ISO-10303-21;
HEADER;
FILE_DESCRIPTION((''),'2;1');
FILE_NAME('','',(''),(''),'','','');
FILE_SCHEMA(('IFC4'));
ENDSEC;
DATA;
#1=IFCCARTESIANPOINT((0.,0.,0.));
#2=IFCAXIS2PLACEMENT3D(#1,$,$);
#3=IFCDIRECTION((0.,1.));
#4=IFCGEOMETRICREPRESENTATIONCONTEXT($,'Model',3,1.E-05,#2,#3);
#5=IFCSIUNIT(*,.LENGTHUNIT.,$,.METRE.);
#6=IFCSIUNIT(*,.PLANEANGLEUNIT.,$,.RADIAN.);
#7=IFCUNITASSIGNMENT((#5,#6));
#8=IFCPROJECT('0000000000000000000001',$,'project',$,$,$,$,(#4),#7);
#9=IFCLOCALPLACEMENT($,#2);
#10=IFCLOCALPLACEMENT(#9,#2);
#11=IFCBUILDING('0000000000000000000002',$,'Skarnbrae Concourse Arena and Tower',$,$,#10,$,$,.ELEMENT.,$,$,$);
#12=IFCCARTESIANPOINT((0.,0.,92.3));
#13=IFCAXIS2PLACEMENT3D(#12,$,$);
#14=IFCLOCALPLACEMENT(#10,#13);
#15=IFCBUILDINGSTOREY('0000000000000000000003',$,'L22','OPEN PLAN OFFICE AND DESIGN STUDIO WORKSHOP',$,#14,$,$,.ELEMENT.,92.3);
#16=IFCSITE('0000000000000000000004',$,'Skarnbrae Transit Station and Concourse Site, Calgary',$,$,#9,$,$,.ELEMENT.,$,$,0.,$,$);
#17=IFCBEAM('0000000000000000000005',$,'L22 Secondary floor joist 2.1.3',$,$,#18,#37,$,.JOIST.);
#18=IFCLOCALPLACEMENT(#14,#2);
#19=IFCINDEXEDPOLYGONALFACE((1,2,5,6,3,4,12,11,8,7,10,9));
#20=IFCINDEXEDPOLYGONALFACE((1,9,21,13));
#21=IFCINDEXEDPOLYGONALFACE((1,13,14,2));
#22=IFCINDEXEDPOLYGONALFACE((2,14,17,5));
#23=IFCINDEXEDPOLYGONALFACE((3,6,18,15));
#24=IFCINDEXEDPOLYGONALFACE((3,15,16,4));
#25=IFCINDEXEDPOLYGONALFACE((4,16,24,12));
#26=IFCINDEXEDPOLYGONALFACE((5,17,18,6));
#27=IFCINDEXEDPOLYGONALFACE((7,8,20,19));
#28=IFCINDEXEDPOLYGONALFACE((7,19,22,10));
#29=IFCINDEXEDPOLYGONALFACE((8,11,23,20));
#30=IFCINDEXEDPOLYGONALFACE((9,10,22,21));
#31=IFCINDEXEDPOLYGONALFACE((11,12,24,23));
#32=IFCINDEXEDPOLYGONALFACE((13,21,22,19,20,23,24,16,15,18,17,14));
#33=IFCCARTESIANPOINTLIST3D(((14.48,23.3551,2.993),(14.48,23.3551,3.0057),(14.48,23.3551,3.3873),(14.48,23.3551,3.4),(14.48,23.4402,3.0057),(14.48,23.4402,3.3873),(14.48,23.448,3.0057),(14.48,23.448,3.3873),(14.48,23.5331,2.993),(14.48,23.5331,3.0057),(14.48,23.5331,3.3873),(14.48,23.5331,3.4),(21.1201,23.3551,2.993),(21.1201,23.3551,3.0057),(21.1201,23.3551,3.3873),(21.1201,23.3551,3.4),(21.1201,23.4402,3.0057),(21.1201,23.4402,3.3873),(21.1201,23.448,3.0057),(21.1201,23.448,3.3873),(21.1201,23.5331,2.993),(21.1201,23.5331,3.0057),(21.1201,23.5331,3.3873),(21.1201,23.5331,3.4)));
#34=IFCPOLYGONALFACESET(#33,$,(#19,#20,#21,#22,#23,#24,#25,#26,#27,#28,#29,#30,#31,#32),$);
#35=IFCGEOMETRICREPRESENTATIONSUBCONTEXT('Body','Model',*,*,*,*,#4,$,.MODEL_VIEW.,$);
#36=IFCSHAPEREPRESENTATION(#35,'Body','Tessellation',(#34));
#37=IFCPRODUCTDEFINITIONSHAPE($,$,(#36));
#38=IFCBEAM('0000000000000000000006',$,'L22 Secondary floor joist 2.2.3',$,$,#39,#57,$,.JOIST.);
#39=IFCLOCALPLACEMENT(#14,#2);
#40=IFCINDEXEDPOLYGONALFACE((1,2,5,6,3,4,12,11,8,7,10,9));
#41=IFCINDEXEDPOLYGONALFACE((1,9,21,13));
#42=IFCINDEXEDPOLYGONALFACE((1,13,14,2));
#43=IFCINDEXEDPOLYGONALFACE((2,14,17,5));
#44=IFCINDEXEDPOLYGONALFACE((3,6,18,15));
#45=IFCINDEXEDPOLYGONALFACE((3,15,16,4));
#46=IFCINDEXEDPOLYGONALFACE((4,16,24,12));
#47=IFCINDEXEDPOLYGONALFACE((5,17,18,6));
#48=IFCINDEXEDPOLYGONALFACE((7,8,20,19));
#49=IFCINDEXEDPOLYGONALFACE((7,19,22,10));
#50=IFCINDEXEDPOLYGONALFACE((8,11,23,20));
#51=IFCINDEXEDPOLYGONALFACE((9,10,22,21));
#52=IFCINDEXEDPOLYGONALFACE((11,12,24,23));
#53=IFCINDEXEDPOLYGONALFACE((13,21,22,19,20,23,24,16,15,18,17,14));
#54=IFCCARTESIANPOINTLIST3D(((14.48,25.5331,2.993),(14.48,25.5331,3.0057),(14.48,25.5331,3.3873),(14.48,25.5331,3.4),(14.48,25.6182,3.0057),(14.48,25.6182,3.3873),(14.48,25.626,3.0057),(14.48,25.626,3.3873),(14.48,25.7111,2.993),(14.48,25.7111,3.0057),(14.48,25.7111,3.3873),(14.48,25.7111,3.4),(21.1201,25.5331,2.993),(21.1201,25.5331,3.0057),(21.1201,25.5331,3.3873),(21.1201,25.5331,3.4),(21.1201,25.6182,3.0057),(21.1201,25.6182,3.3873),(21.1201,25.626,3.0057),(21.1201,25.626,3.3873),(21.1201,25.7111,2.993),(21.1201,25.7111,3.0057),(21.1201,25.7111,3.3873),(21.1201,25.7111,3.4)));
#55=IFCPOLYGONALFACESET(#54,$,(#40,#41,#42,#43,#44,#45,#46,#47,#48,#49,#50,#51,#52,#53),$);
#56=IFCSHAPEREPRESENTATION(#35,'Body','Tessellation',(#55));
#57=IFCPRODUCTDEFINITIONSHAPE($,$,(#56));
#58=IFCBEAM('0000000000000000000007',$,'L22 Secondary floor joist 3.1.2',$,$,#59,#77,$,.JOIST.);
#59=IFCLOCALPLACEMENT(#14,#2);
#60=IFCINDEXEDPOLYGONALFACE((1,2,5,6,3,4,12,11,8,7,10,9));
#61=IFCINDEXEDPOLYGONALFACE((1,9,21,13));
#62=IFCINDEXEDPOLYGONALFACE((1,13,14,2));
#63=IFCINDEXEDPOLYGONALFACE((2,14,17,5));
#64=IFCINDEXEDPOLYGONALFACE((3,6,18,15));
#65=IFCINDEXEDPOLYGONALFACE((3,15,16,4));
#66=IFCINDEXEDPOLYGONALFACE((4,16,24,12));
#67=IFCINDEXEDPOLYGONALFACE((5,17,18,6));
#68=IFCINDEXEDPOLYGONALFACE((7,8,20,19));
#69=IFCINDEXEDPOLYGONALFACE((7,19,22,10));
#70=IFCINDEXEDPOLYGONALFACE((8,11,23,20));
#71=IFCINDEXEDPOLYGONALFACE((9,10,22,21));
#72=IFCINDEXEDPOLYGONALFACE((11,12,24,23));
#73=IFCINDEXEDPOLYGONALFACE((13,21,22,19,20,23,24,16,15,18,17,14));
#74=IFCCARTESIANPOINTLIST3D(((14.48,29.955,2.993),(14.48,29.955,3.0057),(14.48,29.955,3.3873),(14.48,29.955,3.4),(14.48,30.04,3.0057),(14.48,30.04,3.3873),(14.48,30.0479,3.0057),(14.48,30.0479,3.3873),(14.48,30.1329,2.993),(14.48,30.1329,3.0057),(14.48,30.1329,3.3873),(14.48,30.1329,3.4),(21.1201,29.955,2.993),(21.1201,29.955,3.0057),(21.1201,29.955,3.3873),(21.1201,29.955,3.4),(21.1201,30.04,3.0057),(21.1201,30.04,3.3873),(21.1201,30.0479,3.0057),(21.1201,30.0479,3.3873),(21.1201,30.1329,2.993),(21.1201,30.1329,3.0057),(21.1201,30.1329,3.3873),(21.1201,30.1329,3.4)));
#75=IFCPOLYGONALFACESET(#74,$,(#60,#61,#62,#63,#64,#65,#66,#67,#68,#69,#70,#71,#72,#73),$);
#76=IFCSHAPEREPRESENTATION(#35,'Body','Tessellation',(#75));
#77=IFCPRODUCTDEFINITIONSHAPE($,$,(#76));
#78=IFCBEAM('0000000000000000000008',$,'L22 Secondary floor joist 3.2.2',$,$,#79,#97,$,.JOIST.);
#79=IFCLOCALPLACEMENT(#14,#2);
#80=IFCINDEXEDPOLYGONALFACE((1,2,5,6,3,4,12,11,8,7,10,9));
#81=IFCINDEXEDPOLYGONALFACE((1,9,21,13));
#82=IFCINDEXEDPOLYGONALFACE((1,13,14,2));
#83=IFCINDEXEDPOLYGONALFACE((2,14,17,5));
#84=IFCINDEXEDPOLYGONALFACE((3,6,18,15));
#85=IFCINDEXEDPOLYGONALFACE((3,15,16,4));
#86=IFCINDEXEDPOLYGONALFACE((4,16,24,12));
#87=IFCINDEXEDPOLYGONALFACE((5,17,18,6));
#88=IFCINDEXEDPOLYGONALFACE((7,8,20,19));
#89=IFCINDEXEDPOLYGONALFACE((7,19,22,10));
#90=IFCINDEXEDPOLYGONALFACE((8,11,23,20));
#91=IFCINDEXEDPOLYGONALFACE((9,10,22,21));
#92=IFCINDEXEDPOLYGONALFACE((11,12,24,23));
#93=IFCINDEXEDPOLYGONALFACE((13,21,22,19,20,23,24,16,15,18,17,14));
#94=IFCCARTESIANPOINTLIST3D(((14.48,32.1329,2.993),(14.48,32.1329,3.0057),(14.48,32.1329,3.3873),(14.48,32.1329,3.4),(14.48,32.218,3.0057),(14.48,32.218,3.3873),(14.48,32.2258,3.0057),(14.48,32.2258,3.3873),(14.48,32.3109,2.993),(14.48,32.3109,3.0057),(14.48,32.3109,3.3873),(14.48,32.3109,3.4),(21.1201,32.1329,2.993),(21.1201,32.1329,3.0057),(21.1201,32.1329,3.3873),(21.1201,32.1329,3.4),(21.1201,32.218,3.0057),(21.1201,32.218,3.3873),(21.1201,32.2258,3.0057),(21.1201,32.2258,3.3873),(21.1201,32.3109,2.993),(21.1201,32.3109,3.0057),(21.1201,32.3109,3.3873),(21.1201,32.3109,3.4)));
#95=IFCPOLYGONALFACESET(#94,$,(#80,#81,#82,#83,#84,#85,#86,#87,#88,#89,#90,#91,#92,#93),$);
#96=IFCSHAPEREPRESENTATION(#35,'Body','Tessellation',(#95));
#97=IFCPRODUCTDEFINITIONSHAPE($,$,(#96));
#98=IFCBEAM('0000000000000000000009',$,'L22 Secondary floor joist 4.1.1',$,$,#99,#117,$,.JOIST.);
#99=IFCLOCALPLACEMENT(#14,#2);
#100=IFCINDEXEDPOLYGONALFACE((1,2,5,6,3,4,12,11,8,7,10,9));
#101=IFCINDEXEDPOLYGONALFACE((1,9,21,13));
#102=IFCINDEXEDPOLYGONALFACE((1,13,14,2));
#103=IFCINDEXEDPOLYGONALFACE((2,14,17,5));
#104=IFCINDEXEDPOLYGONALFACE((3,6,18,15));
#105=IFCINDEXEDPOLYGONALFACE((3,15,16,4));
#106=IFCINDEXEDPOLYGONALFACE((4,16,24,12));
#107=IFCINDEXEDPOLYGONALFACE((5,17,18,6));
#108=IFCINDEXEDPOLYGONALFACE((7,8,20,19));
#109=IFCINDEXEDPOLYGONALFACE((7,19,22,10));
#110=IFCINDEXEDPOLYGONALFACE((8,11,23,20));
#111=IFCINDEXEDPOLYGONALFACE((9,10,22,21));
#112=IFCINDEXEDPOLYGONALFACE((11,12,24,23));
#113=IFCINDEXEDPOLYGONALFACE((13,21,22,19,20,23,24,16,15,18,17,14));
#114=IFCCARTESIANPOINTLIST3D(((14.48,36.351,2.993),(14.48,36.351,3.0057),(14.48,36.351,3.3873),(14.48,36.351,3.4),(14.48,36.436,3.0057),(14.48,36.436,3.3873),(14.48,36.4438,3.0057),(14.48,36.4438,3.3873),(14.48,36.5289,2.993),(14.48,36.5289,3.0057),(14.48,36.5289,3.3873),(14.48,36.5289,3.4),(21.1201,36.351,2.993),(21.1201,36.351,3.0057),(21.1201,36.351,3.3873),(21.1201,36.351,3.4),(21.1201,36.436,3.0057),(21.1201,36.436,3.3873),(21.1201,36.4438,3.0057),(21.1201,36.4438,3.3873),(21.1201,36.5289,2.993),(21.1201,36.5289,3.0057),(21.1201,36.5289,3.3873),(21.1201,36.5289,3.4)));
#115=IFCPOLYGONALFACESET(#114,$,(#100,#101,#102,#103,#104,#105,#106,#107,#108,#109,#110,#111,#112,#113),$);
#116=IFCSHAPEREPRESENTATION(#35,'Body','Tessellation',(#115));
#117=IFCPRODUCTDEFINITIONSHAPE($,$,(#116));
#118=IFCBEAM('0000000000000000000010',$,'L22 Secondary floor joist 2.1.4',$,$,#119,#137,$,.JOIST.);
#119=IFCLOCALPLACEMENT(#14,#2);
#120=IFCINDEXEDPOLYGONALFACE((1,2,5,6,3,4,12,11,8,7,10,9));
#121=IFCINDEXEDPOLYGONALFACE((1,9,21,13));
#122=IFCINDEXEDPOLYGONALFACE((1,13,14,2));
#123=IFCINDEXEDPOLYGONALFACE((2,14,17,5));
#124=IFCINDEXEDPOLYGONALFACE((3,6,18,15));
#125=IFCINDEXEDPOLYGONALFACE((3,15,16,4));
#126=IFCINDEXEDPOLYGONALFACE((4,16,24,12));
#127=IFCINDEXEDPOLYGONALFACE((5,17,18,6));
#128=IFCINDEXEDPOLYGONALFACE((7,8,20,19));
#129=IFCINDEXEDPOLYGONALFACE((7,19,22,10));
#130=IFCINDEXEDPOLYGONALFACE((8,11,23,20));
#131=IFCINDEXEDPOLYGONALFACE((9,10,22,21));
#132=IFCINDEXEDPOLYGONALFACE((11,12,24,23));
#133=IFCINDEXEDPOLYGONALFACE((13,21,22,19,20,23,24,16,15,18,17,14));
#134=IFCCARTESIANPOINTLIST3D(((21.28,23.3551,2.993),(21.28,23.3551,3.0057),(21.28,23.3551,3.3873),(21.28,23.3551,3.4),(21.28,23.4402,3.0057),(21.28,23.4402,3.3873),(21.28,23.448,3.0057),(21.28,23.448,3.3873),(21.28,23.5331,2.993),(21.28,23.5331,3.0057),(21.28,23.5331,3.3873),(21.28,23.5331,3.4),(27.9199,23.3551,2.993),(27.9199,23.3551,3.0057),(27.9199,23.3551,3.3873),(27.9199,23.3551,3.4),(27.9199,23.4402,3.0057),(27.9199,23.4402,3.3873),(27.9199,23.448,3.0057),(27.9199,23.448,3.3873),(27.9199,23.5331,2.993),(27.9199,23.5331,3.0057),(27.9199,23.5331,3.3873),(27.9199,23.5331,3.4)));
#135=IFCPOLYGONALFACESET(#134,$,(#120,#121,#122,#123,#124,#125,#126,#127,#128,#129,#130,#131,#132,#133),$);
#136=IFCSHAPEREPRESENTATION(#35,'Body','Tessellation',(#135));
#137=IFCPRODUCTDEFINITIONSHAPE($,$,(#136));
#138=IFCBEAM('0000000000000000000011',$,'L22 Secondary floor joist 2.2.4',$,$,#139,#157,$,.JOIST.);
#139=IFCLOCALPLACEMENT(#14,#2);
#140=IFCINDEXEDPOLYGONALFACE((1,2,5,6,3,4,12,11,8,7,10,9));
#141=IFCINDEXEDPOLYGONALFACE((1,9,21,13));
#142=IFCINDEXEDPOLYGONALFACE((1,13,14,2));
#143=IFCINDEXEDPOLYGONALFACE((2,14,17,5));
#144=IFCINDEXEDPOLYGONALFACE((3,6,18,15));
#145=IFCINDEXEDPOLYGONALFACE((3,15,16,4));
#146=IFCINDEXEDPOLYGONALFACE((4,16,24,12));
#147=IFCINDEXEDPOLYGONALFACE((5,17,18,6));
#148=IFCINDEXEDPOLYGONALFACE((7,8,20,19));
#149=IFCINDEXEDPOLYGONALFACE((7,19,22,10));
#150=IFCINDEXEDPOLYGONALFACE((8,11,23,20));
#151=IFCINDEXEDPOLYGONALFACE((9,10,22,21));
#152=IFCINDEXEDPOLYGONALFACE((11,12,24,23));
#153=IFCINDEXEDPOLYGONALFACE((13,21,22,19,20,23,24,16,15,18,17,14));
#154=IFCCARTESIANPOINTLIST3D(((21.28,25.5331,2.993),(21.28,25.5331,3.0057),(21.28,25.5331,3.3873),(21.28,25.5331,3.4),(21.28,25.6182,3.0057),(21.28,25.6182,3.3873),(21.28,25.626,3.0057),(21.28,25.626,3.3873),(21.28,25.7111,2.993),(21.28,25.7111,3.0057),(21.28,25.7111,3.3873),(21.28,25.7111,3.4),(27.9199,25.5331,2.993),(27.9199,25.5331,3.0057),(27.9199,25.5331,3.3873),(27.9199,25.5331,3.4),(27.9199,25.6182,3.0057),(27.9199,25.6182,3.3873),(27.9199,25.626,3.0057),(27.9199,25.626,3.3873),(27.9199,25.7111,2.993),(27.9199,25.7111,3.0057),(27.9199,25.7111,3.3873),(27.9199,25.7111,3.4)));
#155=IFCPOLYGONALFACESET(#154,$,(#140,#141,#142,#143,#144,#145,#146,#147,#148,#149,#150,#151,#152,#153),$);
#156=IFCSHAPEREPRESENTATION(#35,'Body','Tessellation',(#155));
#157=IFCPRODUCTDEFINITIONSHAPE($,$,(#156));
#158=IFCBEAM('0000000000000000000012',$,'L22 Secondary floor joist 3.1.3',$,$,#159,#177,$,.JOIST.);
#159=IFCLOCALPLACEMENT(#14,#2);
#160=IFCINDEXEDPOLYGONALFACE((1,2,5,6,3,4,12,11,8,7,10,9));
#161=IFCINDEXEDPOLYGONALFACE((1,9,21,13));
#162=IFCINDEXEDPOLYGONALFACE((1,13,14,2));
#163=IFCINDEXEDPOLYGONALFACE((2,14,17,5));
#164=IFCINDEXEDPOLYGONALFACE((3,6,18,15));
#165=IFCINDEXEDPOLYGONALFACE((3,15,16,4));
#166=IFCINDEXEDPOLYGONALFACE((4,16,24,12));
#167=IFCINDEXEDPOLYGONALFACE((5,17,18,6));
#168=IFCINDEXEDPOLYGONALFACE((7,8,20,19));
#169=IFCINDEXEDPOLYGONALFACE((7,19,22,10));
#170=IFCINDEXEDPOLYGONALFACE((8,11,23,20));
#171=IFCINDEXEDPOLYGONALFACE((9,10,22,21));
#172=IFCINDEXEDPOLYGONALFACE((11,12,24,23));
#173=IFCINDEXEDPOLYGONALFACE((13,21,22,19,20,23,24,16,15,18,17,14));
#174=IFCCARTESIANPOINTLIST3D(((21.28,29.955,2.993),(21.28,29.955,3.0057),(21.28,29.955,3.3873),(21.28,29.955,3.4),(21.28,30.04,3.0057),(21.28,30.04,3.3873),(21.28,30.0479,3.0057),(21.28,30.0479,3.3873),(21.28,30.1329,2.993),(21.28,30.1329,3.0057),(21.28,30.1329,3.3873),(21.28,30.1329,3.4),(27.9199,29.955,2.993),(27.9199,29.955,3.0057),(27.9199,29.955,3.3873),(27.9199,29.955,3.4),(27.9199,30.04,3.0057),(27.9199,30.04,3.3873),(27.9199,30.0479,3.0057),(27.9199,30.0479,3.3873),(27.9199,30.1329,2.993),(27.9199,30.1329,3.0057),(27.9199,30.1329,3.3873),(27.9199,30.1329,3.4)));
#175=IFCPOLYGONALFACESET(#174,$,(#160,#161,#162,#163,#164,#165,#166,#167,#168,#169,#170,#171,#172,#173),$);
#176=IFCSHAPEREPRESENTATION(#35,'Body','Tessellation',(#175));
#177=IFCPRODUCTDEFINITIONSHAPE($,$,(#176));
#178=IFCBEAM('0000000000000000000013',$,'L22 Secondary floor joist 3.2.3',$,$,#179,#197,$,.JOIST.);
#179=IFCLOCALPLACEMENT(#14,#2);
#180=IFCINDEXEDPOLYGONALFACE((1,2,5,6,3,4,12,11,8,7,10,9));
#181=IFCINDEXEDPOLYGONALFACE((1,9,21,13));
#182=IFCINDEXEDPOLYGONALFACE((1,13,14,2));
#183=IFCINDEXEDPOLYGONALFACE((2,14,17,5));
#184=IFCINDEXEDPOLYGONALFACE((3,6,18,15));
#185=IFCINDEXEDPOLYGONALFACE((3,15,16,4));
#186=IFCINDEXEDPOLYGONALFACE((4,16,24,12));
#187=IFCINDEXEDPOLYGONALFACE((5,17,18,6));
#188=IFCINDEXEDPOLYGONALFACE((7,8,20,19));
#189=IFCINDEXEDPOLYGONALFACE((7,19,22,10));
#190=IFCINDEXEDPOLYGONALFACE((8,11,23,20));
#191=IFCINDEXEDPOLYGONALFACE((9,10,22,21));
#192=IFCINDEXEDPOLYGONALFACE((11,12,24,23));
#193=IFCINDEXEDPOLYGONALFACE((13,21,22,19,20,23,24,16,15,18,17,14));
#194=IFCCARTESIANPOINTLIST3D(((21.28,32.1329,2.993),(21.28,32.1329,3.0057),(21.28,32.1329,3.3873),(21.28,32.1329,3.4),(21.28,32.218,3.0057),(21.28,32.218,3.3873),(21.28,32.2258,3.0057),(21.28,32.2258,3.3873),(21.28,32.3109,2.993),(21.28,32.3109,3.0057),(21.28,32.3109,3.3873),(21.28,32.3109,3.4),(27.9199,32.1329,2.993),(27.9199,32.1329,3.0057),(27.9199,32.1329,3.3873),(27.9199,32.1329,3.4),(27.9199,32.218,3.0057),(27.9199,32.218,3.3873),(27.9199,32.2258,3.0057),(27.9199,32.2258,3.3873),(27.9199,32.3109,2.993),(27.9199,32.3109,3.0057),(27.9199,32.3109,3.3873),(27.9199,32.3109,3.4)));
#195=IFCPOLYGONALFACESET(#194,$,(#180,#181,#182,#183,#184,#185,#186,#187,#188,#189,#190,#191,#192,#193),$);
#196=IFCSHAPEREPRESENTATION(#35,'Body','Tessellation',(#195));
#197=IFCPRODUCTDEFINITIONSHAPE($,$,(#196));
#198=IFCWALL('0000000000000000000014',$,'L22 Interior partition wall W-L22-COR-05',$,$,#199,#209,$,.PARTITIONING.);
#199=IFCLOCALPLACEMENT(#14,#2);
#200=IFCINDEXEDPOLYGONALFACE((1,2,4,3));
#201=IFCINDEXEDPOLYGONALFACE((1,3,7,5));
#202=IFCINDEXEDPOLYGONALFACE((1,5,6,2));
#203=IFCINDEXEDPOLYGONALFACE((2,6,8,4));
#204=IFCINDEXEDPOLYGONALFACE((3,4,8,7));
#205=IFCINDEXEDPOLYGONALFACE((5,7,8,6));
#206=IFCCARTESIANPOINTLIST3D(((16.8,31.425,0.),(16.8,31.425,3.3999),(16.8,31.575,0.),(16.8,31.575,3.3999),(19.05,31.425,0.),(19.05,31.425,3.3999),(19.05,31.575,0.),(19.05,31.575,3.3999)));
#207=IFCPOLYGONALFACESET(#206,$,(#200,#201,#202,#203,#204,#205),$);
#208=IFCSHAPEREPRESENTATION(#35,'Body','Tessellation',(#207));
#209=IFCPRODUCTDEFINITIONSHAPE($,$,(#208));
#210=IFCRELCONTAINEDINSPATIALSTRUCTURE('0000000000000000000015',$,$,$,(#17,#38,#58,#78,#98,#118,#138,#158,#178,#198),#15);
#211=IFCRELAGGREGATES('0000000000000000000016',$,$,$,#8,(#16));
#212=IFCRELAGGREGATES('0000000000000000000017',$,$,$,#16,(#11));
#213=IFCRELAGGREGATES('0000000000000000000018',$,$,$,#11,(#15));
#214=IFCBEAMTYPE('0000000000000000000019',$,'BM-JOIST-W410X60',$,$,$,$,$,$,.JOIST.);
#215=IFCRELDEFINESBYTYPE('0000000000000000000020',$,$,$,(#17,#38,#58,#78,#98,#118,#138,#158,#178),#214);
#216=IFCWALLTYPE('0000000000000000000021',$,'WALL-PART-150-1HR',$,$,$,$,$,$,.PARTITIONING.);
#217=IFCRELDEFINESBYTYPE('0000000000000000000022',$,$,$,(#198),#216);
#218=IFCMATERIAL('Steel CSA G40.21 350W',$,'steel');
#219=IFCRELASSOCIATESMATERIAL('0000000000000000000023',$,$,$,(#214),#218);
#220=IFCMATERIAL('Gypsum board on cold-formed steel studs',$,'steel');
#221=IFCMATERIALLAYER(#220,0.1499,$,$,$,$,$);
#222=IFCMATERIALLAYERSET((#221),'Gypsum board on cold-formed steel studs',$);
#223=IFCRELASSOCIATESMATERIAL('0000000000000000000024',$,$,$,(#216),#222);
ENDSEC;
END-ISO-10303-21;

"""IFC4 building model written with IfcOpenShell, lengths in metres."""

from ifc_helpers import new_model, si_unit, direction, frame, frame_2d, origin, origin_2d, place, context, subcontext, project, spatial, rectangle, i_section, extrude, source, transform, mapped, material, layer, layer_set, material_profile, profile_set, type_object, element, save


model = new_model("IFC4")

# Units and contexts
model_context = context("Model", 3, precision=1e-05, world=origin(), true_north=direction((0.0, 1.0)))
body_context = subcontext(model_context, "Body", "Model", "MODEL_VIEW")
ifc_project = project(units=[si_unit("LENGTHUNIT", "METRE"), si_unit("PLANEANGLEUNIT", "RADIAN")], contexts=[model_context])

# Site, building, storey
site_placement = place(None, origin())
site = spatial("IfcSite", under=ifc_project, at=site_placement, Name="Skarnbrae Transit Station and Concourse Site, Calgary", CompositionType="ELEMENT", RefElevation=0.0)
building_placement = place(site_placement, origin())
building = spatial("IfcBuilding", under=site, at=building_placement, Name="Skarnbrae Concourse Arena and Tower", CompositionType="ELEMENT")
storey_placement = place(building_placement, frame((0.0, 0.0, 92.3)))
storey = spatial("IfcBuildingStorey", under=building, at=storey_placement, Name="L22", Description="OPEN PLAN OFFICE AND DESIGN STUDIO WORKSHOP", CompositionType="ELEMENT", Elevation=92.3)

# Shared definitions
ifc_material_1 = material(Name="Steel CSA G40.21 350W", Category="steel")

# Beams
ifc_material_profile_1 = material_profile(ifc_material_1, i_section(OverallWidth=0.178, OverallDepth=0.407, WebThickness=0.0078, FlangeThickness=0.0127, at=origin_2d()), Name="W410X60")
ifc_profile_set_1 = profile_set([ifc_material_profile_1], Name="Steel CSA G40.21 350W")
beam_type_1 = type_object("IfcBeamType", Name="BM-JOIST-W410X60", PredefinedType="JOIST", material=ifc_profile_set_1)
shared_shape_1 = source(origin(), body_context, "Body", "SweptSolid", [
    extrude(i_section(OverallWidth=0.178, OverallDepth=0.407, WebThickness=0.0078, FlangeThickness=0.0127, at=origin_2d()), origin(), (0.0, 0.0, 1.0), 6.6401),
])
for number, where, z_axis, x_axis, name in (
    (1, (14.48, 23.4441, 3.1965), (1.0, 0.0, 0.0), (0.0, 1.0, 0.0), "L22 Secondary floor joist 2.1.3"),
    (2, (14.48, 25.6221, 3.1965), (1.0, 0.0, 0.0), (0.0, 1.0, 0.0), "L22 Secondary floor joist 2.2.3"),
    (3, (14.48, 30.0439, 3.1965), (1.0, 0.0, 0.0), (0.0, 1.0, 0.0), "L22 Secondary floor joist 3.1.2"),
    (4, (14.48, 32.2219, 3.1965), (1.0, 0.0, 0.0), (0.0, 1.0, 0.0), "L22 Secondary floor joist 3.2.2"),
    (5, (14.48, 36.4399, 3.1965), (1.0, 0.0, 0.0), (0.0, 1.0, 0.0), "L22 Secondary floor joist 4.1.1"),
):
    element("IfcBeam", number, at=place(storey_placement, frame(where, z_axis=z_axis, x_axis=x_axis)), inside=storey, type_object=beam_type_1, Name=name, PredefinedType="JOIST", context=body_context, shape_type="MappedRepresentation", body=[
        mapped(shared_shape_1, transform((0.0, 0.0, 0.0))),
    ])
shared_shape_2 = source(origin(), body_context, "Body", "SweptSolid", [
    extrude(i_section(OverallWidth=0.178, OverallDepth=0.407, WebThickness=0.0078, FlangeThickness=0.0127, at=origin_2d()), origin(), (0.0, 0.0, 1.0), 6.6399),
])
for number, where, z_axis, x_axis, name in (
    (6, (21.28, 23.4441, 3.1965), (1.0, 0.0, 0.0), (0.0, 1.0, 0.0), "L22 Secondary floor joist 2.1.4"),
    (7, (21.28, 25.6221, 3.1965), (1.0, 0.0, 0.0), (0.0, 1.0, 0.0), "L22 Secondary floor joist 2.2.4"),
    (8, (21.28, 30.0439, 3.1965), (1.0, 0.0, 0.0), (0.0, 1.0, 0.0), "L22 Secondary floor joist 3.1.3"),
    (9, (21.28, 32.2219, 3.1965), (1.0, 0.0, 0.0), (0.0, 1.0, 0.0), "L22 Secondary floor joist 3.2.3"),
):
    element("IfcBeam", number, at=place(storey_placement, frame(where, z_axis=z_axis, x_axis=x_axis)), inside=storey, type_object=beam_type_1, Name=name, PredefinedType="JOIST", context=body_context, shape_type="MappedRepresentation", body=[
        mapped(shared_shape_2, transform((0.0, 0.0, 0.0))),
    ])

# Wall
ifc_material_2 = material(Name="Gypsum board on cold-formed steel studs", Category="steel")
ifc_layer_1 = layer(ifc_material_2, 0.1499)
ifc_layer_set_1 = layer_set([ifc_layer_1], Name="Gypsum board on cold-formed steel studs")
wall_type_1 = type_object("IfcWallType", Name="WALL-PART-150-1HR", PredefinedType="PARTITIONING", material=ifc_layer_set_1)
shared_shape_3 = source(origin(), body_context, "Body", "SweptSolid", [
    extrude(rectangle(XDim=2.25, YDim=0.1499, at=frame_2d((1.125, 0.0))), origin(), (0.0, 0.0, 1.0), 3.3999),
])
wall_1_placement = place(storey_placement, frame((16.8, 31.5, 0.0), z_axis=(0.0, 0.0, 1.0), x_axis=(1.0, 0.0, 0.0)))
element("IfcWall", 10, at=wall_1_placement, inside=storey, type_object=wall_type_1, Name="L22 Interior partition wall W-L22-COR-05", PredefinedType="PARTITIONING", context=body_context, shape_type="MappedRepresentation", body=[
    mapped(shared_shape_3, transform((0.0, 0.0, 0.0))),
])

save(model, "model.ifc")
